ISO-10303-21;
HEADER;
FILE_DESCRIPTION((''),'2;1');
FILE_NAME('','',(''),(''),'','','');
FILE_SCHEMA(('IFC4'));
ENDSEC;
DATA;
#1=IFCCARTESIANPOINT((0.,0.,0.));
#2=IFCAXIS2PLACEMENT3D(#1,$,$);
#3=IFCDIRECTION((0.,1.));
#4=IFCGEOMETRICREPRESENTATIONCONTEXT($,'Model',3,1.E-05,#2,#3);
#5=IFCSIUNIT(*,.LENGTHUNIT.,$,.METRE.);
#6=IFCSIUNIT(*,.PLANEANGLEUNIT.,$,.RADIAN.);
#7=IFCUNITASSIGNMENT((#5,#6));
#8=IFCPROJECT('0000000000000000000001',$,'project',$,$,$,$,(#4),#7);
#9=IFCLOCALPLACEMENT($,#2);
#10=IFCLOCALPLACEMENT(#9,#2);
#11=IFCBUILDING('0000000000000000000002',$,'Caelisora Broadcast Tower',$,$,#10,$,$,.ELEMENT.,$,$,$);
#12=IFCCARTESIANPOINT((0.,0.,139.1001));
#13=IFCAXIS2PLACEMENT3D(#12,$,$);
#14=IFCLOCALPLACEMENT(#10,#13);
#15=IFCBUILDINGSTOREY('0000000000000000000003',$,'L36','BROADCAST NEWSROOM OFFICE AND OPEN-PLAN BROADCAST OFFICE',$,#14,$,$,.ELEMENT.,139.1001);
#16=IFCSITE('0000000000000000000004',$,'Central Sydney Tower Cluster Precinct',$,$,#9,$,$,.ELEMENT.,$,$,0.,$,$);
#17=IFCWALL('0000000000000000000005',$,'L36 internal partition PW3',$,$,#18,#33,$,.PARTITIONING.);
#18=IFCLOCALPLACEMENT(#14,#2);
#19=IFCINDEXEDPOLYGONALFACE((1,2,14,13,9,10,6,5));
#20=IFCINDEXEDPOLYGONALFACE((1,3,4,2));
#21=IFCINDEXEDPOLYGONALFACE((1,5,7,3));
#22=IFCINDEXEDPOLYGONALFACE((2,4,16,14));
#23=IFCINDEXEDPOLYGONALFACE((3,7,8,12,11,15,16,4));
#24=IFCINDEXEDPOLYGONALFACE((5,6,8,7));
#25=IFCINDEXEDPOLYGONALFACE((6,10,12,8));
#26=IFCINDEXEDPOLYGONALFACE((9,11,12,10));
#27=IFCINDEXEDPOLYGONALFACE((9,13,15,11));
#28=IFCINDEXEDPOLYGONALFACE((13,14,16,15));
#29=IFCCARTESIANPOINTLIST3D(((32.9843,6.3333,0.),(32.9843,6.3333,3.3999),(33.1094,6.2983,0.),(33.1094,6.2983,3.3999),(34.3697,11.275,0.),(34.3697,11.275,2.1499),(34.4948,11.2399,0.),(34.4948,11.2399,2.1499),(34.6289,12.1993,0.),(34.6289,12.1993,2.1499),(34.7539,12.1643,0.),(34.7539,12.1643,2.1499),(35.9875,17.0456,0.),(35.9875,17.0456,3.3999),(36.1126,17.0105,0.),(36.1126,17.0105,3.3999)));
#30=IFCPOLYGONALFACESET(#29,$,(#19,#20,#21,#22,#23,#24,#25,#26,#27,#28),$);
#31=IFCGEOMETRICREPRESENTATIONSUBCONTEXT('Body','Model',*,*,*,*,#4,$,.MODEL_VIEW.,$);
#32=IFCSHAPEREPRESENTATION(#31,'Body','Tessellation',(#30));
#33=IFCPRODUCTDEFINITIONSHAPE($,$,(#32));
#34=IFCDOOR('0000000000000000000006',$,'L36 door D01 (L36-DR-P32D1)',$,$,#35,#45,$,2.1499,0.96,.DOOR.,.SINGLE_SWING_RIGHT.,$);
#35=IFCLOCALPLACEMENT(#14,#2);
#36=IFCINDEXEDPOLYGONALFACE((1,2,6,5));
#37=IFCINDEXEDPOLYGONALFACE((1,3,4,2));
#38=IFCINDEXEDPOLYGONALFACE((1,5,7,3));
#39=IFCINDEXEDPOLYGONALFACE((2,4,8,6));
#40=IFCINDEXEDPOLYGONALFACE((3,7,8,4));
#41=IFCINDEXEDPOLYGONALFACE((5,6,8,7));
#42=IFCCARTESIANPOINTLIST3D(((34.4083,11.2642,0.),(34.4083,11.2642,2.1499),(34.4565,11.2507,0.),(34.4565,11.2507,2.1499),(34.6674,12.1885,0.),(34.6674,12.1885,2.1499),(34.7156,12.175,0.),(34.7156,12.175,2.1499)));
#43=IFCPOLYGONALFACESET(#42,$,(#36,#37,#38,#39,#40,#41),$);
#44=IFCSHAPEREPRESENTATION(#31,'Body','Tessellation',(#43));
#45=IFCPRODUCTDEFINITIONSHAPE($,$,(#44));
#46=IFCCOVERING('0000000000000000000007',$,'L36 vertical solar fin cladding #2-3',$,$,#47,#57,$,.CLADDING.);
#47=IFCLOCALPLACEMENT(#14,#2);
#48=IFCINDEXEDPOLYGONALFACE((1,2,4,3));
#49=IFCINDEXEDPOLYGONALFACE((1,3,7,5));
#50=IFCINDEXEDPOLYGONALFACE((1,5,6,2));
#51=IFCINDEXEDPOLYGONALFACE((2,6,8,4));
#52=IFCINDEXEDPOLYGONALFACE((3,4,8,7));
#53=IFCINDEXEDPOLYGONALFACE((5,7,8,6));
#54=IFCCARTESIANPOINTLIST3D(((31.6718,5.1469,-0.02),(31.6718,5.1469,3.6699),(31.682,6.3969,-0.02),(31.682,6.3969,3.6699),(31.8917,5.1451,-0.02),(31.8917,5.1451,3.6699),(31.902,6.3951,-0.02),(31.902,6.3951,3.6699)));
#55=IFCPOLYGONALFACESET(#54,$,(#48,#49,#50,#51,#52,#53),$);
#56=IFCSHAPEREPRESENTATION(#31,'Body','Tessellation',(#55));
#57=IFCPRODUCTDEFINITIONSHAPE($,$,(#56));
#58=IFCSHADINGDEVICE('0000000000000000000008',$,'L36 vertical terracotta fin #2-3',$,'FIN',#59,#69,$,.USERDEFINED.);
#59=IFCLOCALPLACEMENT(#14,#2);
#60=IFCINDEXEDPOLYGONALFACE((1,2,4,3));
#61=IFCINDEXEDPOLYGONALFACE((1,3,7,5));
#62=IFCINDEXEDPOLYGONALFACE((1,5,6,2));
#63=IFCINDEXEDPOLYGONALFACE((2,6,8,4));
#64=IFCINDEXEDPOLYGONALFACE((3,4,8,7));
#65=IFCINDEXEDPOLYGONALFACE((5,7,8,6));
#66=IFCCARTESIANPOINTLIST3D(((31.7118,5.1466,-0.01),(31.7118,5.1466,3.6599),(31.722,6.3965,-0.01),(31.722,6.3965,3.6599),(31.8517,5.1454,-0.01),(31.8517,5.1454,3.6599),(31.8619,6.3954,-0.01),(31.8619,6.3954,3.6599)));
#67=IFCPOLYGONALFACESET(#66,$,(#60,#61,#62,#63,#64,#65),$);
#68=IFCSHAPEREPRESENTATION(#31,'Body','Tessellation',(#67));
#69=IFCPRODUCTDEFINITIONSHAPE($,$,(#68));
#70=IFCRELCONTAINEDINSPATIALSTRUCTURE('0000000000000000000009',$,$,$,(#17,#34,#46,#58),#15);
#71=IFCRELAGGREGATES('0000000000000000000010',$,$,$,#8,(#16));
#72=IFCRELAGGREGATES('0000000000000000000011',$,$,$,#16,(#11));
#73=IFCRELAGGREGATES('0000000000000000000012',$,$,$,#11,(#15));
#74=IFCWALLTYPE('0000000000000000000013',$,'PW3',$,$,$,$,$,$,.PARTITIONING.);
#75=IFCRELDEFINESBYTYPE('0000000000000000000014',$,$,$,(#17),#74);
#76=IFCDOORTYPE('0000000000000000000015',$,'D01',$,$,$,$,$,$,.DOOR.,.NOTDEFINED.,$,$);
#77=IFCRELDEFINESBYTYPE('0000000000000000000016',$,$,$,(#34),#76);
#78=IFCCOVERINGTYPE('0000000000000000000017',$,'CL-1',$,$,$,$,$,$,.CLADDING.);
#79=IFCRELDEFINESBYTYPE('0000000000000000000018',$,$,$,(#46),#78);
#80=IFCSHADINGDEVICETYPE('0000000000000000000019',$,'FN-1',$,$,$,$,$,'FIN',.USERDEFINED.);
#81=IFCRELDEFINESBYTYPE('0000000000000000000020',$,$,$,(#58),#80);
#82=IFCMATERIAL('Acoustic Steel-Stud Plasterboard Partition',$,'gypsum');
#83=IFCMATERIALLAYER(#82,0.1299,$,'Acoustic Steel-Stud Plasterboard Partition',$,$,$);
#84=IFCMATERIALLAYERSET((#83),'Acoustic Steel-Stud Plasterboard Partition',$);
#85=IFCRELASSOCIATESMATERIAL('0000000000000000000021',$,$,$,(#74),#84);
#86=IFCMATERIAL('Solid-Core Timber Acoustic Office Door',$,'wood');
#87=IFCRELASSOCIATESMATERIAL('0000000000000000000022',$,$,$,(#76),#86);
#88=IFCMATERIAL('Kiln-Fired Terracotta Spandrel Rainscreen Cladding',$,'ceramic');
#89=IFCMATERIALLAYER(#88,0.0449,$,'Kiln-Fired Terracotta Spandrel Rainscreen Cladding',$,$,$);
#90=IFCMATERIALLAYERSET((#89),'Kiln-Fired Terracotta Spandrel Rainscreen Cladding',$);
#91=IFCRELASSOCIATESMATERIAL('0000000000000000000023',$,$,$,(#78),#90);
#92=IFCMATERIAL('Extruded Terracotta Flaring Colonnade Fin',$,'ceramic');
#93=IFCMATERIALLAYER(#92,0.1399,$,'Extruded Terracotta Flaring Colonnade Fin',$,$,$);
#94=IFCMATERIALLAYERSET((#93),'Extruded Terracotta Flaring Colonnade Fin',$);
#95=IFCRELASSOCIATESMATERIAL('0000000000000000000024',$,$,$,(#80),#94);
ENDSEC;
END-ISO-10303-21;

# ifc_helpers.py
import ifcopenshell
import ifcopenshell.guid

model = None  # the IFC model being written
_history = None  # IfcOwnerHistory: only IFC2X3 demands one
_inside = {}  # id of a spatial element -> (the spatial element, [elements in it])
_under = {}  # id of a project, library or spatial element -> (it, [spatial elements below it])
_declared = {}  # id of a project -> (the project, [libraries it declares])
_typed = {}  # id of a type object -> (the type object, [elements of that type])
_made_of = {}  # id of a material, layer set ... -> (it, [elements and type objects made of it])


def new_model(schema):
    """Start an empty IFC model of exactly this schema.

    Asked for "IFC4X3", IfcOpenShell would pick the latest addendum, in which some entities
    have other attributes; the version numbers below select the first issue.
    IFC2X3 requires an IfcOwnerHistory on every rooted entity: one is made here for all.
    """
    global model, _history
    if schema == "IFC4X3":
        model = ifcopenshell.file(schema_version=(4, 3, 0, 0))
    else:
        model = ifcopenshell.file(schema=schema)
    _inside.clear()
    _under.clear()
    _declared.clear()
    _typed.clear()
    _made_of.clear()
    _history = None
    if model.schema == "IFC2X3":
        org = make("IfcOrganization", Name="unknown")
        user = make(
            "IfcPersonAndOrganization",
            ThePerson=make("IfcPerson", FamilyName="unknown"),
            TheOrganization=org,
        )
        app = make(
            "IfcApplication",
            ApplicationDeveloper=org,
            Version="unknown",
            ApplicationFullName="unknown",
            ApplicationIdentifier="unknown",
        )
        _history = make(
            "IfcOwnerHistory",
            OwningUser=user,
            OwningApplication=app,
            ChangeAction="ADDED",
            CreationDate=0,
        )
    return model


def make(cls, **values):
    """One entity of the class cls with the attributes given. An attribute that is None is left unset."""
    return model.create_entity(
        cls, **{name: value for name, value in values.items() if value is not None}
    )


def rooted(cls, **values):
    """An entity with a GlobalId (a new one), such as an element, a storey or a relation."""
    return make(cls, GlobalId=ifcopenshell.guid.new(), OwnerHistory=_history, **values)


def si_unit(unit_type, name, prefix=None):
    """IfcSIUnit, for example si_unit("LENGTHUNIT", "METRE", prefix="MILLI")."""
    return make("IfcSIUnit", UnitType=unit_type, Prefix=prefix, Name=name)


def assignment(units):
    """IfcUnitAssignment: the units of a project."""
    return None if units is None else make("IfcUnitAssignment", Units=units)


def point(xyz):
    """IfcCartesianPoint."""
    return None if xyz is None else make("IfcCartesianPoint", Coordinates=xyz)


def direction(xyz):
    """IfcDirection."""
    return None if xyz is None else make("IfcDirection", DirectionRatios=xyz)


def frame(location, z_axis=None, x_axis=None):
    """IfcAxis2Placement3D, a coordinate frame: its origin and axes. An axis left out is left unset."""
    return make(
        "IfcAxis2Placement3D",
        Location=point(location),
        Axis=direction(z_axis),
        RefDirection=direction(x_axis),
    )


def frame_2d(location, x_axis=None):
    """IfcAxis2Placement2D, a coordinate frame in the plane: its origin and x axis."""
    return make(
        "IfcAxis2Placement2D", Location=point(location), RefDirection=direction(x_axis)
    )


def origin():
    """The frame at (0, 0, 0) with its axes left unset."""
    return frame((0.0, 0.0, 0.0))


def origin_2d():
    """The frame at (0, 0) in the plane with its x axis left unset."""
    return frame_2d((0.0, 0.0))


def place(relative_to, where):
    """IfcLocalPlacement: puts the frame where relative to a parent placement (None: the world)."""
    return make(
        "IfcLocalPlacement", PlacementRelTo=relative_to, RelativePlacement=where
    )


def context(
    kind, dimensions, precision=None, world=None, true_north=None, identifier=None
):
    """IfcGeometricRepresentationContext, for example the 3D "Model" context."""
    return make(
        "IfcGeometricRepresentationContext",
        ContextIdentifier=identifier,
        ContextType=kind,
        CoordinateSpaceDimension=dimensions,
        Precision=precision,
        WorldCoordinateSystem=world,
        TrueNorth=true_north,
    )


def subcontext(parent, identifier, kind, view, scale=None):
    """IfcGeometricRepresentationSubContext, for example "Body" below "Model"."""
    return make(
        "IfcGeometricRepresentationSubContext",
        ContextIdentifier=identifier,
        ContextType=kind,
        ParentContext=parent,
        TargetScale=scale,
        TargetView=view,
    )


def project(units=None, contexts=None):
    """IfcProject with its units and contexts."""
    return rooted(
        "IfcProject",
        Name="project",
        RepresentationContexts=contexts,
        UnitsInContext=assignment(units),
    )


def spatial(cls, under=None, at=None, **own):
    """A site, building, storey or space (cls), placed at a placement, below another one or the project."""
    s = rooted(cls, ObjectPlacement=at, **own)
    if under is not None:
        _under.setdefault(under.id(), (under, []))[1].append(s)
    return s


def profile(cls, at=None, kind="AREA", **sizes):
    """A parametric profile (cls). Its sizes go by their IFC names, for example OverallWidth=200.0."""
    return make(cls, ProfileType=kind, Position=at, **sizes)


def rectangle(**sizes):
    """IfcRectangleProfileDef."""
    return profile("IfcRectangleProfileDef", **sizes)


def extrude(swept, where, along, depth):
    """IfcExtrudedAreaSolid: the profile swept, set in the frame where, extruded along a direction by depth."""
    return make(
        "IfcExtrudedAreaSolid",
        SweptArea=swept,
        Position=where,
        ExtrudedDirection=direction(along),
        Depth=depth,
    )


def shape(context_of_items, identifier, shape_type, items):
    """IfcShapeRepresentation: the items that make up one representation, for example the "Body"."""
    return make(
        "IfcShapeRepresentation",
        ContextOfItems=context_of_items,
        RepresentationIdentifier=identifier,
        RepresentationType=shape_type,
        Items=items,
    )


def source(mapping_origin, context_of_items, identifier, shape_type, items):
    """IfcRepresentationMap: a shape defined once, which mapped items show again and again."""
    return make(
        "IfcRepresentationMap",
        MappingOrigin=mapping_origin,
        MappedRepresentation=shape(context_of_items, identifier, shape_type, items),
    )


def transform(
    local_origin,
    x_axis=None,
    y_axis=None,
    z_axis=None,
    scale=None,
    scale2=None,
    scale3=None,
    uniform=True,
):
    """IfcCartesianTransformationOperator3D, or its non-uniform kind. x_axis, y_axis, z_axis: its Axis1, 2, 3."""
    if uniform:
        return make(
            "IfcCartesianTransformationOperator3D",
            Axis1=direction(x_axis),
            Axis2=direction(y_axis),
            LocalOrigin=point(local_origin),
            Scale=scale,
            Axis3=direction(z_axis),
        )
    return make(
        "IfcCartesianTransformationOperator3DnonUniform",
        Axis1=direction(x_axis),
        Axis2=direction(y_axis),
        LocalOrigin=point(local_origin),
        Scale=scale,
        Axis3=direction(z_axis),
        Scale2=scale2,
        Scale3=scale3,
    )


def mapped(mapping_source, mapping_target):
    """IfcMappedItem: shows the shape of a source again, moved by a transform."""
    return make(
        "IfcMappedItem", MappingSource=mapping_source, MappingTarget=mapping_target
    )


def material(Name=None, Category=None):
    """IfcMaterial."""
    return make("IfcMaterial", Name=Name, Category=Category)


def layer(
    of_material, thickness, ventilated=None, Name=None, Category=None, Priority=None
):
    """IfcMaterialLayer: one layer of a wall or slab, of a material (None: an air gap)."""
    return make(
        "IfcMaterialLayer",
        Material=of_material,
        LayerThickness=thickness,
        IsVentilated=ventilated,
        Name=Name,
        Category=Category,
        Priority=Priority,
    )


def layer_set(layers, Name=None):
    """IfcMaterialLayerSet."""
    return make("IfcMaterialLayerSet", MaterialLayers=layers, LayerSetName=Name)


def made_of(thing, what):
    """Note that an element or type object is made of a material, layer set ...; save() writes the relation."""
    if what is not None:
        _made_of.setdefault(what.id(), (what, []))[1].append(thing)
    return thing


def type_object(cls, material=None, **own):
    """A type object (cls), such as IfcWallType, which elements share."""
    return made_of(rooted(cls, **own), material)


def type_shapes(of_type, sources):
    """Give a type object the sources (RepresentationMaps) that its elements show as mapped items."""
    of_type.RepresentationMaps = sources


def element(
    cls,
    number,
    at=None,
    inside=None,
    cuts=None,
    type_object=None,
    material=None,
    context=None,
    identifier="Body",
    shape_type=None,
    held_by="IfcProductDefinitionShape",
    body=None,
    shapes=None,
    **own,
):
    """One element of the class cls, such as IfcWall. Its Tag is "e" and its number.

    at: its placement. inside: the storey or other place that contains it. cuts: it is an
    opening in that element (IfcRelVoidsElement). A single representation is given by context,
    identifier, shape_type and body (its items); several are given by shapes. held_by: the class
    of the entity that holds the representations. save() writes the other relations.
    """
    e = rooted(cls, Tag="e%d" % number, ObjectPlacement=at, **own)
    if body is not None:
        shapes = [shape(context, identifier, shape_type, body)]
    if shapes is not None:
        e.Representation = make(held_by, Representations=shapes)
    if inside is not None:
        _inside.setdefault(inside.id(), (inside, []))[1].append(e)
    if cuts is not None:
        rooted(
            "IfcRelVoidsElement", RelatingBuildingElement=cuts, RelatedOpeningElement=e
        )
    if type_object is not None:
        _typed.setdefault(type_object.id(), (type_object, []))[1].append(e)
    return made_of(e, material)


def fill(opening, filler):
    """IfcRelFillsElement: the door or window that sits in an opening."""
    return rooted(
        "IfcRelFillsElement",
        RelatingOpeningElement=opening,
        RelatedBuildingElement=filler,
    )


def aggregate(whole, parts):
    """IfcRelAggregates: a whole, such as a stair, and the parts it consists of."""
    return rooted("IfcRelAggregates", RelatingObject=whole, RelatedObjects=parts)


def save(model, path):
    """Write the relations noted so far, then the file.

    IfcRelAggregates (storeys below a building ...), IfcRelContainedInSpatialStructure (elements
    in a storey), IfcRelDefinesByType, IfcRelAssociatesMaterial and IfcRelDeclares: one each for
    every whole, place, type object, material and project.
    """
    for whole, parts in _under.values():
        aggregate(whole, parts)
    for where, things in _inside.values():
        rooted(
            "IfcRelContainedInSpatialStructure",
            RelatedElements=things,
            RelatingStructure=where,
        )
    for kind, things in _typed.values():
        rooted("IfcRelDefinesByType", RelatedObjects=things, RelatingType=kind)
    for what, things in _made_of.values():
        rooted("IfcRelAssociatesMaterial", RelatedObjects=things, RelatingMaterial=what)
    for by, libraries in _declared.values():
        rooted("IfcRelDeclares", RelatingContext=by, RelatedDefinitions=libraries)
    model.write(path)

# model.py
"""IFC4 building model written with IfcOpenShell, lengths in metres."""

from ifc_helpers import new_model, si_unit, direction, frame, frame_2d, origin, origin_2d, place, context, subcontext, project, spatial, rectangle, extrude, source, transform, mapped, material, layer, layer_set, type_object, type_shapes, element, fill, save


model = new_model("IFC4")

# Units and contexts
model_context = context("Model", 3, precision=1e-05, world=origin(), true_north=direction((0.0, 1.0)))
body_context = subcontext(model_context, "Body", "Model", "MODEL_VIEW")
ifc_project = project(units=[si_unit("LENGTHUNIT", "METRE"), si_unit("PLANEANGLEUNIT", "RADIAN")], contexts=[model_context])

# Site, building, storey
site_placement = place(None, origin())
site = spatial("IfcSite", under=ifc_project, at=site_placement, Name="Central Sydney Tower Cluster Precinct", CompositionType="ELEMENT", RefElevation=0.0)
building_placement = place(site_placement, origin())
building = spatial("IfcBuilding", under=site, at=building_placement, Name="Caelisora Broadcast Tower", CompositionType="ELEMENT")
storey_placement = place(building_placement, frame((0.0, 0.0, 139.1001)))
storey = spatial("IfcBuildingStorey", under=building, at=storey_placement, Name="L36", Description="BROADCAST NEWSROOM OFFICE AND OPEN-PLAN BROADCAST OFFICE", CompositionType="ELEMENT", Elevation=139.1001)

# Wall, opening, door
ifc_material_1 = material(Name="Acoustic Steel-Stud Plasterboard Partition", Category="gypsum")
ifc_layer_1 = layer(ifc_material_1, 0.1299, Name="Acoustic Steel-Stud Plasterboard Partition")
ifc_layer_set_1 = layer_set([ifc_layer_1], Name="Acoustic Steel-Stud Plasterboard Partition")
wall_type = type_object("IfcWallType", Name="PW3", PredefinedType="PARTITIONING", material=ifc_layer_set_1)
wall_placement = place(storey_placement, frame((33.0469, 6.3159, 0.0), z_axis=(0.0, 0.0, 1.0), x_axis=(0.269944, 0.962876, 0.0)))
wall = element("IfcWall", 1, at=wall_placement, inside=storey, type_object=wall_type, Name="L36 internal partition PW3", PredefinedType="PARTITIONING", context=body_context, shape_type="SweptSolid", body=[
    extrude(rectangle(XDim=11.1252, YDim=0.1299, at=frame_2d((5.5625, 0.0))), origin(), (0.0, 0.0, 1.0), 3.3999),
])
opening_placement = place(wall_placement, frame((5.1321, 0.0, 0.0)))
opening = element("IfcOpeningElement", 2, at=opening_placement, cuts=wall, PredefinedType="OPENING", context=body_context, shape_type="SweptSolid", body=[
    extrude(rectangle(XDim=0.96, YDim=2.1499, at=frame_2d((0.48, 1.075))), frame((0.0, 0.0769, 0.0), z_axis=(0.0, -1.0, 0.0), x_axis=(1.0, 0.0, 0.0)), (0.0, 0.0, 1.0), 0.1538),
])
ifc_material_2 = material(Name="Solid-Core Timber Acoustic Office Door", Category="wood")
door_type = type_object("IfcDoorType", Name="D01", OperationType="NOTDEFINED", PredefinedType="DOOR", material=ifc_material_2)
door_placement = place(opening_placement, origin())
door = element("IfcDoor", 3, at=door_placement, inside=storey, type_object=door_type, Name="L36 door D01 (L36-DR-P32D1)", OperationType="SINGLE_SWING_RIGHT", OverallHeight=2.1499, OverallWidth=0.96, PredefinedType="DOOR", context=body_context, shape_type="SweptSolid", body=[
    extrude(rectangle(XDim=0.96, YDim=2.1499, at=frame_2d((0.48, 1.075))), frame((0.0, 0.0249, 0.0), z_axis=(0.0, -1.0, 0.0), x_axis=(1.0, 0.0, 0.0)), (0.0, 0.0, 1.0), 0.05),
])
fill(opening, door)

# Covering
ifc_material_3 = material(Name="Kiln-Fired Terracotta Spandrel Rainscreen Cladding", Category="ceramic")
ifc_layer_2 = layer(ifc_material_3, 0.0449, Name="Kiln-Fired Terracotta Spandrel Rainscreen Cladding")
ifc_layer_set_2 = layer_set([ifc_layer_2], Name="Kiln-Fired Terracotta Spandrel Rainscreen Cladding")
covering_type = type_object("IfcCoveringType", Name="CL-1", PredefinedType="CLADDING", material=ifc_layer_set_2)
shared_shape_1 = source(origin(), body_context, "Body", "SweptSolid", [
    extrude(rectangle(XDim=0.22, YDim=1.25, at=origin_2d()), origin(), (0.0, 0.0, 1.0), 3.6899),
])
type_shapes(covering_type, [shared_shape_1])
covering_placement = place(storey_placement, frame((31.7869, 5.771, -0.02), z_axis=(0.0, 0.0, 1.0), x_axis=(-0.999966, 0.008203, 0.0)))
element("IfcCovering", 4, at=covering_placement, inside=storey, type_object=covering_type, Name="L36 vertical solar fin cladding #2-3", PredefinedType="CLADDING", context=body_context, shape_type="MappedRepresentation", body=[
    mapped(shared_shape_1, transform((0.0, 0.0, 0.0), scale=1.0)),
])

# Shading device
ifc_material_4 = material(Name="Extruded Terracotta Flaring Colonnade Fin", Category="ceramic")
ifc_layer_3 = layer(ifc_material_4, 0.1399, Name="Extruded Terracotta Flaring Colonnade Fin")
ifc_layer_set_3 = layer_set([ifc_layer_3], Name="Extruded Terracotta Flaring Colonnade Fin")
shading_device_type = type_object("IfcShadingDeviceType", Name="FN-1", ElementType="FIN", PredefinedType="USERDEFINED", material=ifc_layer_set_3)
shared_shape_2 = source(origin(), body_context, "Body", "SweptSolid", [
    extrude(rectangle(XDim=0.1399, YDim=1.25, at=origin_2d()), origin(), (0.0, 0.0, 1.0), 3.6699),
])
type_shapes(shading_device_type, [shared_shape_2])
shading_device_placement = place(storey_placement, frame((31.7869, 5.771, -0.01), z_axis=(0.0, 0.0, 1.0), x_axis=(-0.999966, 0.008203, 0.0)))
element("IfcShadingDevice", 5, at=shading_device_placement, inside=storey, type_object=shading_device_type, Name="L36 vertical terracotta fin #2-3", ObjectType="FIN", PredefinedType="USERDEFINED", context=body_context, shape_type="MappedRepresentation", body=[
    mapped(shared_shape_2, transform((0.0, 0.0, 0.0), scale=1.0)),
])

save(model, "model.ifc")
